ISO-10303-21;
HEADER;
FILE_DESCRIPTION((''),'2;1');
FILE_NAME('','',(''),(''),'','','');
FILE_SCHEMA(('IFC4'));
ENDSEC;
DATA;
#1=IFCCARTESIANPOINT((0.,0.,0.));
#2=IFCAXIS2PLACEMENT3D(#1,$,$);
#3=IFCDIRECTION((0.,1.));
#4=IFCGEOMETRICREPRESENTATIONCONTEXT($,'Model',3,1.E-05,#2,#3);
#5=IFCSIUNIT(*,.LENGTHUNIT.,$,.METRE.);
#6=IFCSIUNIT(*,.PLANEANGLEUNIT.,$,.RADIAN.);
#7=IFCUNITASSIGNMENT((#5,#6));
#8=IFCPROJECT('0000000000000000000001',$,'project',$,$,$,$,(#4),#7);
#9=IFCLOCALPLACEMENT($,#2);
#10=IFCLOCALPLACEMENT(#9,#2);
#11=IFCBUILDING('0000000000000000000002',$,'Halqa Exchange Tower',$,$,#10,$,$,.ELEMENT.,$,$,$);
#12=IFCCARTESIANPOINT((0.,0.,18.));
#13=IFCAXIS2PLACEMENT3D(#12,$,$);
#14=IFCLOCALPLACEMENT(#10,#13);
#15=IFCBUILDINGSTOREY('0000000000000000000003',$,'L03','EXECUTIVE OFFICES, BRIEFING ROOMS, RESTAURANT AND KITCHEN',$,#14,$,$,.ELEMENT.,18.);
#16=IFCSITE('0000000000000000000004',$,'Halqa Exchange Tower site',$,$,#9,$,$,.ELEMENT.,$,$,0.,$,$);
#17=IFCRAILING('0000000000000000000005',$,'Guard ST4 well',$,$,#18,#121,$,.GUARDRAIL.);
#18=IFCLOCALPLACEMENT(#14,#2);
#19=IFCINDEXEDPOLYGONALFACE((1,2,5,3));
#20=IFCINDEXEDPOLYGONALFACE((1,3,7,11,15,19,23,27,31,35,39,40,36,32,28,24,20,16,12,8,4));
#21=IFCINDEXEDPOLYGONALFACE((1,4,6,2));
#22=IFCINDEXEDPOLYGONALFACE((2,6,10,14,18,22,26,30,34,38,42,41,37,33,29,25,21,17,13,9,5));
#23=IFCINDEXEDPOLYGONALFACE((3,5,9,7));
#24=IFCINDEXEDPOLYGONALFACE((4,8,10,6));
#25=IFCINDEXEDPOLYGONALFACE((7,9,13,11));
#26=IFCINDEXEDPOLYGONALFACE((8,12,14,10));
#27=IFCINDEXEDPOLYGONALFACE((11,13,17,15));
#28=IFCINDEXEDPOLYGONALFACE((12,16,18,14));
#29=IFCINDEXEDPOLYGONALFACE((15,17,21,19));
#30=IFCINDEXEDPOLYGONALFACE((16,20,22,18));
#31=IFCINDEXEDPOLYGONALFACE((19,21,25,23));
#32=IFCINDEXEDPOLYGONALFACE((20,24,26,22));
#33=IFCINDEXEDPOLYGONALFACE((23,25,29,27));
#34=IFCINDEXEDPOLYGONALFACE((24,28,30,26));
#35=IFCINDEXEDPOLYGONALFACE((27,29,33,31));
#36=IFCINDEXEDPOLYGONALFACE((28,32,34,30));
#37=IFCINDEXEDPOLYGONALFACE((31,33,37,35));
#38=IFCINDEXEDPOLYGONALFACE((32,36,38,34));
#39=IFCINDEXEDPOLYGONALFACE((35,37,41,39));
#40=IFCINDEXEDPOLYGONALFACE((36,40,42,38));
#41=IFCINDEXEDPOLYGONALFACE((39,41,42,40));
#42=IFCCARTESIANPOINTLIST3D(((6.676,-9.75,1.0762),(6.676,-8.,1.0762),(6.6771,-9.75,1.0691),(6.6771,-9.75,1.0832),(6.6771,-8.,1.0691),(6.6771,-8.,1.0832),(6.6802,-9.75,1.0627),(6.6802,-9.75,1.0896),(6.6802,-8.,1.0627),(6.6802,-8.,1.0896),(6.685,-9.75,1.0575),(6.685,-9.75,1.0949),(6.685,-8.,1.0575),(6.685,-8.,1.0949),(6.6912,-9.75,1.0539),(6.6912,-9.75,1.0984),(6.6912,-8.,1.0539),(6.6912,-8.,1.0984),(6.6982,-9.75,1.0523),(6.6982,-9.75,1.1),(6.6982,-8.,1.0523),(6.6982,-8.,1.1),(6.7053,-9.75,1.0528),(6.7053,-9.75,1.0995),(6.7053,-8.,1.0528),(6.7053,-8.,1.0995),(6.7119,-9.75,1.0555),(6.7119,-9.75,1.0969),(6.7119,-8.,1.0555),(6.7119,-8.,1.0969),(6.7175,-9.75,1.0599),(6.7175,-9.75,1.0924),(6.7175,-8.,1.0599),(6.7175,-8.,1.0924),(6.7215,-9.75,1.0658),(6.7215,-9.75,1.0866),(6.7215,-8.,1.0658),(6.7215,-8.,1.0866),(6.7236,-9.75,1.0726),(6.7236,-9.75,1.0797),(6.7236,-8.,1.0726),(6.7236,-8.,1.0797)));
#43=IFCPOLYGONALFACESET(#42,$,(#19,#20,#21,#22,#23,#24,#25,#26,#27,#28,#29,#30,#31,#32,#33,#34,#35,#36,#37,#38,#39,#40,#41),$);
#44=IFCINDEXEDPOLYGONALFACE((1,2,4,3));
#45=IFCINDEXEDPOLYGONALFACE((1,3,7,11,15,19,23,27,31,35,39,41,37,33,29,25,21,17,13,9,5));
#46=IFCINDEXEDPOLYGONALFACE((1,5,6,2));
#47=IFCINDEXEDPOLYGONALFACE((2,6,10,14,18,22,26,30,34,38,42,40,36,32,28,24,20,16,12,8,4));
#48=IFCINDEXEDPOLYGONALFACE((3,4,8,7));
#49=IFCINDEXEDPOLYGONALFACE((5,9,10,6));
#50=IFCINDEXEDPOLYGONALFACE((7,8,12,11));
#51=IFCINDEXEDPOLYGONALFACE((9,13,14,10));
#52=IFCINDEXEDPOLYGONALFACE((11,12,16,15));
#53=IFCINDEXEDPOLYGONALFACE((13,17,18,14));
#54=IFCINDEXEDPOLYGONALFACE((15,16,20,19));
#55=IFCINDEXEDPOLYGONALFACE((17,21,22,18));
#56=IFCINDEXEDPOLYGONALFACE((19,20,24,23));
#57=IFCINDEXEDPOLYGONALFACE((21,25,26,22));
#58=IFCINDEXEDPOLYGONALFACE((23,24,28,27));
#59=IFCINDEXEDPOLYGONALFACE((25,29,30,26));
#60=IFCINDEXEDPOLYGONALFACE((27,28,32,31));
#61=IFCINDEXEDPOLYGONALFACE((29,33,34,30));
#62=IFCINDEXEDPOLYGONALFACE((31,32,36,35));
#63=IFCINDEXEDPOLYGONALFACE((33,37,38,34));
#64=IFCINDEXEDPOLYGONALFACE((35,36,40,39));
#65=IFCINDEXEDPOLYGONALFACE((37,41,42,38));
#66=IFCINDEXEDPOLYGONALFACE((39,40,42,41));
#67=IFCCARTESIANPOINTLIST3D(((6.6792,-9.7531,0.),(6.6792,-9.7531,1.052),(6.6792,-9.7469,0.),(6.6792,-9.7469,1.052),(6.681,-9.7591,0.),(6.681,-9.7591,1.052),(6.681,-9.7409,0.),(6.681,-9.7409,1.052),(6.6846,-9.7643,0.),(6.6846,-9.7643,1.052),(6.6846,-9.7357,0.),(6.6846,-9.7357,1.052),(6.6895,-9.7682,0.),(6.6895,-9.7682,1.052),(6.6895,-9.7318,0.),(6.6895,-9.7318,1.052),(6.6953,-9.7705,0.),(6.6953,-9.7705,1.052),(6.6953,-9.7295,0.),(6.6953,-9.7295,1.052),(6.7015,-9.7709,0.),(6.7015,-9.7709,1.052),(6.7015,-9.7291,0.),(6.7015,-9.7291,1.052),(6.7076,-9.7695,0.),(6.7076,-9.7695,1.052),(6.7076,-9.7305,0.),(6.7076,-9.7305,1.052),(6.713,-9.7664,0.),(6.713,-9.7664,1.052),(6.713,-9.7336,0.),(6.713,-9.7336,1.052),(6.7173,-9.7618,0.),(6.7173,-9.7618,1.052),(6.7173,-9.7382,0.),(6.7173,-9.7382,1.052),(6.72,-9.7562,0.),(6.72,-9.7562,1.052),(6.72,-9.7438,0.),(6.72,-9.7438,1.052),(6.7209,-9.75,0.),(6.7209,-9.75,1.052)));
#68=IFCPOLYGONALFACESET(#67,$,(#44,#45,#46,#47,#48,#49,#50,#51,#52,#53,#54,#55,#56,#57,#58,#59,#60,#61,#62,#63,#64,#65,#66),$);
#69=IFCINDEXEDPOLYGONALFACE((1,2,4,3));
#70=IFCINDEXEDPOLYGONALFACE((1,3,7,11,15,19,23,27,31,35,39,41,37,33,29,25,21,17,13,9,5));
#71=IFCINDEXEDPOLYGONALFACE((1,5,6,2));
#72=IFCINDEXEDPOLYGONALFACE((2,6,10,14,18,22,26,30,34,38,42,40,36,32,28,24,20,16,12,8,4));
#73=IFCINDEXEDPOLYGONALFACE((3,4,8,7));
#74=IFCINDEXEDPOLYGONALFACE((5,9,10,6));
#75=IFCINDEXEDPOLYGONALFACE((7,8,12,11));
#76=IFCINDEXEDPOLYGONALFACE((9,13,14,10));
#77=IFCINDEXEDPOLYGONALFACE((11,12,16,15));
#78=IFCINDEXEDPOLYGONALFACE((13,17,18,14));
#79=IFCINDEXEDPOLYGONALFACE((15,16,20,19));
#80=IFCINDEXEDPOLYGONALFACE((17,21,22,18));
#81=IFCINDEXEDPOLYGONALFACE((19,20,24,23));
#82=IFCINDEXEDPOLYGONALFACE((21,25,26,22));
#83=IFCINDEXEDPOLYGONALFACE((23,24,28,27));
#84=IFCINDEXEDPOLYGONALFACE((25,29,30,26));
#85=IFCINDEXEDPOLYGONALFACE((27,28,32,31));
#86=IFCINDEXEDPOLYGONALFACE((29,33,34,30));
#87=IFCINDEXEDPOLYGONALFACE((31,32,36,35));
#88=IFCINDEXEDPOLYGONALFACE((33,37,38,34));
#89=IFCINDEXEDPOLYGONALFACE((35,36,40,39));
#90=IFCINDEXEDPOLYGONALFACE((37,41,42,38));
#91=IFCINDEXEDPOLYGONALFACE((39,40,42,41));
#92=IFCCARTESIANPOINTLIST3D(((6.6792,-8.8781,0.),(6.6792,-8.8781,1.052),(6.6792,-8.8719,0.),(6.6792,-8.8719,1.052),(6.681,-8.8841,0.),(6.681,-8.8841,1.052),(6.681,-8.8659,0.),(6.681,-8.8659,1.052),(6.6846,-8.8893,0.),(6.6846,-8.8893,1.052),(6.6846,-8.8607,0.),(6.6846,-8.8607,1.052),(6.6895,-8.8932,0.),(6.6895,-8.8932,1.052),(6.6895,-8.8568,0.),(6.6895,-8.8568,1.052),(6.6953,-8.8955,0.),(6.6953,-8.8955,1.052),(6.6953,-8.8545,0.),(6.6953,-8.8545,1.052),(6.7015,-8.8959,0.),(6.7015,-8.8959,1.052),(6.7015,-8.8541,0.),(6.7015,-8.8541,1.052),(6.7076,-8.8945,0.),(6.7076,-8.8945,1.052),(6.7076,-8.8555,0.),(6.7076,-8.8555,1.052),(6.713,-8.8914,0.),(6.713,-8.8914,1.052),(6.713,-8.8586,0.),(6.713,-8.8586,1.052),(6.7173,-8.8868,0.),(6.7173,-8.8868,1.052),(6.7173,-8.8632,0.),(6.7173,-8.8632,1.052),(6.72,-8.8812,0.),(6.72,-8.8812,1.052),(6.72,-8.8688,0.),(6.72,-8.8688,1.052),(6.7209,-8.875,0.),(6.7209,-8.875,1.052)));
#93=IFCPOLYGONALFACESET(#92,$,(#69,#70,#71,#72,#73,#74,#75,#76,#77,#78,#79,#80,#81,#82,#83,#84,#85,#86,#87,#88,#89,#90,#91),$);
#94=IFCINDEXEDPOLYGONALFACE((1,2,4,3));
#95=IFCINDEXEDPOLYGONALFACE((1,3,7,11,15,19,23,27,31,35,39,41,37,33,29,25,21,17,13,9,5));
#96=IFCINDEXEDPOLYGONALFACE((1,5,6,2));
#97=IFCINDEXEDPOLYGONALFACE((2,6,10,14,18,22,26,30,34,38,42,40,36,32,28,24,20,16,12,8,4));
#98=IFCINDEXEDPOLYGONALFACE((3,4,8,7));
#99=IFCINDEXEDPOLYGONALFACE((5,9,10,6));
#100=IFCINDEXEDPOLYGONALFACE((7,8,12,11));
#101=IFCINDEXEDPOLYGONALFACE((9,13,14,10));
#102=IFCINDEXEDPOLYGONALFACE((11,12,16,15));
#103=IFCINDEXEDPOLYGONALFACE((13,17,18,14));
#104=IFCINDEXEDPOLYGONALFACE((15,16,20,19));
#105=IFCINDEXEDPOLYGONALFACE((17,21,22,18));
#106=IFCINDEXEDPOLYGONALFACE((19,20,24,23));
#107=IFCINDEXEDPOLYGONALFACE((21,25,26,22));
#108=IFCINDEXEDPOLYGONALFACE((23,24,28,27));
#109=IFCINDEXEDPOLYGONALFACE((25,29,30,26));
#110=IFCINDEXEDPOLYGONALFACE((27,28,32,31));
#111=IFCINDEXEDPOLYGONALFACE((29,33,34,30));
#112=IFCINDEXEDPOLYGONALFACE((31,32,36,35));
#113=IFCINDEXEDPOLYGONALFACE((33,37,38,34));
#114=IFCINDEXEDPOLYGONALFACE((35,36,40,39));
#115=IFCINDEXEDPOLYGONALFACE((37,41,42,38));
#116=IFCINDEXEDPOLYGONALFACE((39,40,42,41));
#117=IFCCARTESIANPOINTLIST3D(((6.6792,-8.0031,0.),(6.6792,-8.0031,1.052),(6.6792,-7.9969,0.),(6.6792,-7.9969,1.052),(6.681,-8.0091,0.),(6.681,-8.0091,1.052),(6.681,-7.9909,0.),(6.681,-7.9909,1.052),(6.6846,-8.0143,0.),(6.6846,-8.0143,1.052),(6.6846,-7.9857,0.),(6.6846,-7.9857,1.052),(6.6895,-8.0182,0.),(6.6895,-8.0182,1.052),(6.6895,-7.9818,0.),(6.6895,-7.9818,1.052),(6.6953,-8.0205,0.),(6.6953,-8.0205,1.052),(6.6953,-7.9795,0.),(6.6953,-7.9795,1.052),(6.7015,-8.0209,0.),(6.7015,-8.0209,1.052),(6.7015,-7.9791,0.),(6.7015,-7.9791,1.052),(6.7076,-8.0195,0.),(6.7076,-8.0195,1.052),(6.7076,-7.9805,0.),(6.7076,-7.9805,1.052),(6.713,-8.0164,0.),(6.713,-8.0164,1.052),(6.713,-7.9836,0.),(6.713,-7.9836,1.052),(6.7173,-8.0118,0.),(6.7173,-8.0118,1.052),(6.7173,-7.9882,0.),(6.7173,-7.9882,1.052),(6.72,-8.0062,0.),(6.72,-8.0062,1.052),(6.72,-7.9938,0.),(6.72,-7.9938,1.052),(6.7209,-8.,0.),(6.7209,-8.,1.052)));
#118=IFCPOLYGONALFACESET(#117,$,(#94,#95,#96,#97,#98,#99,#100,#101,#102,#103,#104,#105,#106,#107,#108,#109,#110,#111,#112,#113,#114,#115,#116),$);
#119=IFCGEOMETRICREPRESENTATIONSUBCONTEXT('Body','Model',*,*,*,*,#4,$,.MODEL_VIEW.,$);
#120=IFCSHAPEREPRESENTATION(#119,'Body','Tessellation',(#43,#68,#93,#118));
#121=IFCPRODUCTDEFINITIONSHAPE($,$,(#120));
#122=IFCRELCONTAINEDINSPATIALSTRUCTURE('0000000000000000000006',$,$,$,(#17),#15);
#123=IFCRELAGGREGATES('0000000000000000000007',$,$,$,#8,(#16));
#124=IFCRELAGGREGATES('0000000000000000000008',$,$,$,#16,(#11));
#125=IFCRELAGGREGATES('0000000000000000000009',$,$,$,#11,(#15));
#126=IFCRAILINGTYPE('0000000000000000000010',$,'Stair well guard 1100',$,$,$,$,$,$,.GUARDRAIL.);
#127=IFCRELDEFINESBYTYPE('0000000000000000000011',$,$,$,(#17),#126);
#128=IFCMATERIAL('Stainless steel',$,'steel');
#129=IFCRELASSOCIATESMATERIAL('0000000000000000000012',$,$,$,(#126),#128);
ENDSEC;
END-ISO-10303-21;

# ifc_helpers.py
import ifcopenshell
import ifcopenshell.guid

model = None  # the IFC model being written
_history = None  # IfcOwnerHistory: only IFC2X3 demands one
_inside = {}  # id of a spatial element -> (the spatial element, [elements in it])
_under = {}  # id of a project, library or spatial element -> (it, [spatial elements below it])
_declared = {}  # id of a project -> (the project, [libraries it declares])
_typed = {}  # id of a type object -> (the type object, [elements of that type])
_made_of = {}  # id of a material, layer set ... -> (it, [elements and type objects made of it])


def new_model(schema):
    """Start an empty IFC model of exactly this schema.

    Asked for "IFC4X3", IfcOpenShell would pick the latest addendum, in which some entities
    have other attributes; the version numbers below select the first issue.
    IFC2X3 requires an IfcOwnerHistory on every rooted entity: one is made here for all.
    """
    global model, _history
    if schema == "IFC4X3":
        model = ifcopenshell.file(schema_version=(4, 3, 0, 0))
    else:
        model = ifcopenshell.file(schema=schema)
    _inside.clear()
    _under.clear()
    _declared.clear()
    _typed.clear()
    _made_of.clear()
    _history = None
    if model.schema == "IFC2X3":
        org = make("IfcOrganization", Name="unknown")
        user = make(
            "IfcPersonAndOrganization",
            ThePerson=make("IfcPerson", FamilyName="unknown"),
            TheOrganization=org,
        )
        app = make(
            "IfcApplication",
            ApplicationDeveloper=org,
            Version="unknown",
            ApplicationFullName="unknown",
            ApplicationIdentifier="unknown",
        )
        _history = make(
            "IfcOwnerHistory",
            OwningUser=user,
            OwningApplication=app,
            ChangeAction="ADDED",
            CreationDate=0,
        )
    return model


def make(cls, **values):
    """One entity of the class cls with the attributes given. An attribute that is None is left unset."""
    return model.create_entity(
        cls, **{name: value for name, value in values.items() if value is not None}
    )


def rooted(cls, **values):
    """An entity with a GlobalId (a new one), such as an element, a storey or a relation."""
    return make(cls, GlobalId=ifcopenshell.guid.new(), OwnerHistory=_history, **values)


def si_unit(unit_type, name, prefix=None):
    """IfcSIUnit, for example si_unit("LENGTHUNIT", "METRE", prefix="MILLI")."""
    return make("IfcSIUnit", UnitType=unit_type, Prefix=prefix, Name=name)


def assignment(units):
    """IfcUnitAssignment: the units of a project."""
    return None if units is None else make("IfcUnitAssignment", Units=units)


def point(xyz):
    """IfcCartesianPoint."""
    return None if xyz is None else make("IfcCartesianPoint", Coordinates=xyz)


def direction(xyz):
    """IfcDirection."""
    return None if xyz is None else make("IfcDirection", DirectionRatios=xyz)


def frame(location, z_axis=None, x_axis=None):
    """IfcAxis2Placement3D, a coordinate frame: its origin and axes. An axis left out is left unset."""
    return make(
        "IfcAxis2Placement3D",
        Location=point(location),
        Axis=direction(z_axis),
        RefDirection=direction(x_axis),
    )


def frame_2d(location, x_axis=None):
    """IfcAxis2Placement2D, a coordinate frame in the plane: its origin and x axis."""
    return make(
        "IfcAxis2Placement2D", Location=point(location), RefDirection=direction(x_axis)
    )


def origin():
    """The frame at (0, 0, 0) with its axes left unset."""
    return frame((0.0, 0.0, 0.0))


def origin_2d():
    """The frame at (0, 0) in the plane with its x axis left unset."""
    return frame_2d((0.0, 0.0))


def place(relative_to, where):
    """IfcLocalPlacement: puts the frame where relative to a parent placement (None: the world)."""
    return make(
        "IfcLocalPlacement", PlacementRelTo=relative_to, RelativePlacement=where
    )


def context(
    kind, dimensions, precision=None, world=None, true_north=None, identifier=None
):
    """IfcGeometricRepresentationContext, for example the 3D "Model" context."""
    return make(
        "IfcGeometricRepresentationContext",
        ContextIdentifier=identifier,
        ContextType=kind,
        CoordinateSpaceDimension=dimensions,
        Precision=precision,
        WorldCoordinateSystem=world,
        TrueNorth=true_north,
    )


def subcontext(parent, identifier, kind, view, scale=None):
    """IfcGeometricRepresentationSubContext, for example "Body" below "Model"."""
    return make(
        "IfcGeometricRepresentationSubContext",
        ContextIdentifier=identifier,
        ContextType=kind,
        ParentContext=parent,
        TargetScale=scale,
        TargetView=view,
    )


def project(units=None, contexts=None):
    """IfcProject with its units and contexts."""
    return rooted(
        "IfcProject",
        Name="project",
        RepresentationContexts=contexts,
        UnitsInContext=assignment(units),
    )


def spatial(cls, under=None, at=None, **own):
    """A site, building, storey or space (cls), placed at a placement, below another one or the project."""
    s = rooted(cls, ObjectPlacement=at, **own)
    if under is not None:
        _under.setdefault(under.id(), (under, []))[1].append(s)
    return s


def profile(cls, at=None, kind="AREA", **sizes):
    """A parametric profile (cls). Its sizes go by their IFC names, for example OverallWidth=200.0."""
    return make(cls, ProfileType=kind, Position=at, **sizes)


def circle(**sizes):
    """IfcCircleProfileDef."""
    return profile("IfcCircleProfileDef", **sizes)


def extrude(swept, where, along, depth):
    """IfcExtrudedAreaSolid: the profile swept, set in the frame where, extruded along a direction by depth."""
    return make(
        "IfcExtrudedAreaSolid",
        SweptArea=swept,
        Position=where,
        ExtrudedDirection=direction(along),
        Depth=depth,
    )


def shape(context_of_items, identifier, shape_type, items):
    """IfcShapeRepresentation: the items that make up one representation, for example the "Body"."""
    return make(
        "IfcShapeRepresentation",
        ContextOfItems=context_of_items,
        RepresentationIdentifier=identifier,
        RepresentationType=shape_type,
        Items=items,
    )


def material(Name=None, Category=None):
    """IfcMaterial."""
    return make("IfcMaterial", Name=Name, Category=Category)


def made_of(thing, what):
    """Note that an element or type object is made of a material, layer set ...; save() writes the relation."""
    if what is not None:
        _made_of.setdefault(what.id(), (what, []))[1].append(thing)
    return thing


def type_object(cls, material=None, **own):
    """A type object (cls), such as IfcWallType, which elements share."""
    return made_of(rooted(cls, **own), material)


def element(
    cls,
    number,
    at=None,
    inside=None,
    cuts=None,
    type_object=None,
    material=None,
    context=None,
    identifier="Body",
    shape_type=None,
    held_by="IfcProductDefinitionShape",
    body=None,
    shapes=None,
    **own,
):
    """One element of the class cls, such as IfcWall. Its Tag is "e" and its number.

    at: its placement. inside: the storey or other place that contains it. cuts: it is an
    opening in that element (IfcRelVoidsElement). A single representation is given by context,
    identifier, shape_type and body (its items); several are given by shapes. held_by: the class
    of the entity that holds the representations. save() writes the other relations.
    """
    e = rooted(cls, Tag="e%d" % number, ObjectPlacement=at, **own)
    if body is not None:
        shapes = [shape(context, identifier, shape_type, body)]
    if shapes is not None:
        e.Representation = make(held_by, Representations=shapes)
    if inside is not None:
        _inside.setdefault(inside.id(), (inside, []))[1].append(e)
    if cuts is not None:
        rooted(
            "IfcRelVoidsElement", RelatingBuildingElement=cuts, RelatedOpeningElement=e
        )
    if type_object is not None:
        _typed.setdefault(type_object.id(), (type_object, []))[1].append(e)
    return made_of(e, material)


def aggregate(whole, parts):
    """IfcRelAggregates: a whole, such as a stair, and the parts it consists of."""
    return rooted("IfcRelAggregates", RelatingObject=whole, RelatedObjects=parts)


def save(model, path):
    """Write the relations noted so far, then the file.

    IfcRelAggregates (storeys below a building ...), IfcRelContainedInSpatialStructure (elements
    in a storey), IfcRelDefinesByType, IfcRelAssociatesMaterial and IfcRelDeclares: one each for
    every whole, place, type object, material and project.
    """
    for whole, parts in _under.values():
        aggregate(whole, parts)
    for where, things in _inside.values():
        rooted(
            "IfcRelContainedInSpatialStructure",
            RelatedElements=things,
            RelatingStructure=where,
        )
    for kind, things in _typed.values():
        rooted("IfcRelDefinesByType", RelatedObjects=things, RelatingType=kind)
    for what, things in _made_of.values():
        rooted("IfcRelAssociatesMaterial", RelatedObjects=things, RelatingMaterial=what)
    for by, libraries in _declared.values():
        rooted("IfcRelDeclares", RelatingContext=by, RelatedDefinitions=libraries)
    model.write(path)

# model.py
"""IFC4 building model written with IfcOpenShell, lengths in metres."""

from ifc_helpers import new_model, si_unit, direction, frame, origin, origin_2d, place, context, subcontext, project, spatial, circle, extrude, material, type_object, element, save


model = new_model("IFC4")

# Units and contexts
model_context = context("Model", 3, precision=1e-05, world=origin(), true_north=direction((0.0, 1.0)))
body_context = subcontext(model_context, "Body", "Model", "MODEL_VIEW")
ifc_project = project(units=[si_unit("LENGTHUNIT", "METRE"), si_unit("PLANEANGLEUNIT", "RADIAN")], contexts=[model_context])

# Site, building, storey
site_placement = place(None, origin())
site = spatial("IfcSite", under=ifc_project, at=site_placement, Name="Halqa Exchange Tower site", CompositionType="ELEMENT", RefElevation=0.0)
building_placement = place(site_placement, origin())
building = spatial("IfcBuilding", under=site, at=building_placement, Name="Halqa Exchange Tower", CompositionType="ELEMENT")
storey_placement = place(building_placement, frame((0.0, 0.0, 18.0)))
storey = spatial("IfcBuildingStorey", under=building, at=storey_placement, Name="L03", Description="EXECUTIVE OFFICES, BRIEFING ROOMS, RESTAURANT AND KITCHEN", CompositionType="ELEMENT", Elevation=18.0)

# Railing
ifc_material_1 = material(Name="Stainless steel", Category="steel")
railing_type_1 = type_object("IfcRailingType", Name="Stair well guard 1100", PredefinedType="GUARDRAIL", material=ifc_material_1)
railing_1_placement = place(storey_placement, frame((6.7, -9.75, 0.0)))
element("IfcRailing", 1, at=railing_1_placement, inside=storey, type_object=railing_type_1, Name="Guard ST4 well", PredefinedType="GUARDRAIL", context=body_context, shape_type="SweptSolid", body=[
    extrude(circle(Radius=0.0239, at=origin_2d()), frame((0.0, 0.0, 1.0762), z_axis=(0.0, 1.0, 0.0), x_axis=(-1.0, 0.0, 0.0)), (0.0, 0.0, 1.0), 1.75),
    extrude(circle(Radius=0.021, at=origin_2d()), origin(), (0.0, 0.0, 1.0), 1.052),
    extrude(circle(Radius=0.021, at=origin_2d()), frame((0.0, 0.875, 0.0)), (0.0, 0.0, 1.0), 1.052),
    extrude(circle(Radius=0.021, at=origin_2d()), frame((0.0, 1.75, 0.0)), (0.0, 0.0, 1.0), 1.052),
])

save(model, "model.ifc")
